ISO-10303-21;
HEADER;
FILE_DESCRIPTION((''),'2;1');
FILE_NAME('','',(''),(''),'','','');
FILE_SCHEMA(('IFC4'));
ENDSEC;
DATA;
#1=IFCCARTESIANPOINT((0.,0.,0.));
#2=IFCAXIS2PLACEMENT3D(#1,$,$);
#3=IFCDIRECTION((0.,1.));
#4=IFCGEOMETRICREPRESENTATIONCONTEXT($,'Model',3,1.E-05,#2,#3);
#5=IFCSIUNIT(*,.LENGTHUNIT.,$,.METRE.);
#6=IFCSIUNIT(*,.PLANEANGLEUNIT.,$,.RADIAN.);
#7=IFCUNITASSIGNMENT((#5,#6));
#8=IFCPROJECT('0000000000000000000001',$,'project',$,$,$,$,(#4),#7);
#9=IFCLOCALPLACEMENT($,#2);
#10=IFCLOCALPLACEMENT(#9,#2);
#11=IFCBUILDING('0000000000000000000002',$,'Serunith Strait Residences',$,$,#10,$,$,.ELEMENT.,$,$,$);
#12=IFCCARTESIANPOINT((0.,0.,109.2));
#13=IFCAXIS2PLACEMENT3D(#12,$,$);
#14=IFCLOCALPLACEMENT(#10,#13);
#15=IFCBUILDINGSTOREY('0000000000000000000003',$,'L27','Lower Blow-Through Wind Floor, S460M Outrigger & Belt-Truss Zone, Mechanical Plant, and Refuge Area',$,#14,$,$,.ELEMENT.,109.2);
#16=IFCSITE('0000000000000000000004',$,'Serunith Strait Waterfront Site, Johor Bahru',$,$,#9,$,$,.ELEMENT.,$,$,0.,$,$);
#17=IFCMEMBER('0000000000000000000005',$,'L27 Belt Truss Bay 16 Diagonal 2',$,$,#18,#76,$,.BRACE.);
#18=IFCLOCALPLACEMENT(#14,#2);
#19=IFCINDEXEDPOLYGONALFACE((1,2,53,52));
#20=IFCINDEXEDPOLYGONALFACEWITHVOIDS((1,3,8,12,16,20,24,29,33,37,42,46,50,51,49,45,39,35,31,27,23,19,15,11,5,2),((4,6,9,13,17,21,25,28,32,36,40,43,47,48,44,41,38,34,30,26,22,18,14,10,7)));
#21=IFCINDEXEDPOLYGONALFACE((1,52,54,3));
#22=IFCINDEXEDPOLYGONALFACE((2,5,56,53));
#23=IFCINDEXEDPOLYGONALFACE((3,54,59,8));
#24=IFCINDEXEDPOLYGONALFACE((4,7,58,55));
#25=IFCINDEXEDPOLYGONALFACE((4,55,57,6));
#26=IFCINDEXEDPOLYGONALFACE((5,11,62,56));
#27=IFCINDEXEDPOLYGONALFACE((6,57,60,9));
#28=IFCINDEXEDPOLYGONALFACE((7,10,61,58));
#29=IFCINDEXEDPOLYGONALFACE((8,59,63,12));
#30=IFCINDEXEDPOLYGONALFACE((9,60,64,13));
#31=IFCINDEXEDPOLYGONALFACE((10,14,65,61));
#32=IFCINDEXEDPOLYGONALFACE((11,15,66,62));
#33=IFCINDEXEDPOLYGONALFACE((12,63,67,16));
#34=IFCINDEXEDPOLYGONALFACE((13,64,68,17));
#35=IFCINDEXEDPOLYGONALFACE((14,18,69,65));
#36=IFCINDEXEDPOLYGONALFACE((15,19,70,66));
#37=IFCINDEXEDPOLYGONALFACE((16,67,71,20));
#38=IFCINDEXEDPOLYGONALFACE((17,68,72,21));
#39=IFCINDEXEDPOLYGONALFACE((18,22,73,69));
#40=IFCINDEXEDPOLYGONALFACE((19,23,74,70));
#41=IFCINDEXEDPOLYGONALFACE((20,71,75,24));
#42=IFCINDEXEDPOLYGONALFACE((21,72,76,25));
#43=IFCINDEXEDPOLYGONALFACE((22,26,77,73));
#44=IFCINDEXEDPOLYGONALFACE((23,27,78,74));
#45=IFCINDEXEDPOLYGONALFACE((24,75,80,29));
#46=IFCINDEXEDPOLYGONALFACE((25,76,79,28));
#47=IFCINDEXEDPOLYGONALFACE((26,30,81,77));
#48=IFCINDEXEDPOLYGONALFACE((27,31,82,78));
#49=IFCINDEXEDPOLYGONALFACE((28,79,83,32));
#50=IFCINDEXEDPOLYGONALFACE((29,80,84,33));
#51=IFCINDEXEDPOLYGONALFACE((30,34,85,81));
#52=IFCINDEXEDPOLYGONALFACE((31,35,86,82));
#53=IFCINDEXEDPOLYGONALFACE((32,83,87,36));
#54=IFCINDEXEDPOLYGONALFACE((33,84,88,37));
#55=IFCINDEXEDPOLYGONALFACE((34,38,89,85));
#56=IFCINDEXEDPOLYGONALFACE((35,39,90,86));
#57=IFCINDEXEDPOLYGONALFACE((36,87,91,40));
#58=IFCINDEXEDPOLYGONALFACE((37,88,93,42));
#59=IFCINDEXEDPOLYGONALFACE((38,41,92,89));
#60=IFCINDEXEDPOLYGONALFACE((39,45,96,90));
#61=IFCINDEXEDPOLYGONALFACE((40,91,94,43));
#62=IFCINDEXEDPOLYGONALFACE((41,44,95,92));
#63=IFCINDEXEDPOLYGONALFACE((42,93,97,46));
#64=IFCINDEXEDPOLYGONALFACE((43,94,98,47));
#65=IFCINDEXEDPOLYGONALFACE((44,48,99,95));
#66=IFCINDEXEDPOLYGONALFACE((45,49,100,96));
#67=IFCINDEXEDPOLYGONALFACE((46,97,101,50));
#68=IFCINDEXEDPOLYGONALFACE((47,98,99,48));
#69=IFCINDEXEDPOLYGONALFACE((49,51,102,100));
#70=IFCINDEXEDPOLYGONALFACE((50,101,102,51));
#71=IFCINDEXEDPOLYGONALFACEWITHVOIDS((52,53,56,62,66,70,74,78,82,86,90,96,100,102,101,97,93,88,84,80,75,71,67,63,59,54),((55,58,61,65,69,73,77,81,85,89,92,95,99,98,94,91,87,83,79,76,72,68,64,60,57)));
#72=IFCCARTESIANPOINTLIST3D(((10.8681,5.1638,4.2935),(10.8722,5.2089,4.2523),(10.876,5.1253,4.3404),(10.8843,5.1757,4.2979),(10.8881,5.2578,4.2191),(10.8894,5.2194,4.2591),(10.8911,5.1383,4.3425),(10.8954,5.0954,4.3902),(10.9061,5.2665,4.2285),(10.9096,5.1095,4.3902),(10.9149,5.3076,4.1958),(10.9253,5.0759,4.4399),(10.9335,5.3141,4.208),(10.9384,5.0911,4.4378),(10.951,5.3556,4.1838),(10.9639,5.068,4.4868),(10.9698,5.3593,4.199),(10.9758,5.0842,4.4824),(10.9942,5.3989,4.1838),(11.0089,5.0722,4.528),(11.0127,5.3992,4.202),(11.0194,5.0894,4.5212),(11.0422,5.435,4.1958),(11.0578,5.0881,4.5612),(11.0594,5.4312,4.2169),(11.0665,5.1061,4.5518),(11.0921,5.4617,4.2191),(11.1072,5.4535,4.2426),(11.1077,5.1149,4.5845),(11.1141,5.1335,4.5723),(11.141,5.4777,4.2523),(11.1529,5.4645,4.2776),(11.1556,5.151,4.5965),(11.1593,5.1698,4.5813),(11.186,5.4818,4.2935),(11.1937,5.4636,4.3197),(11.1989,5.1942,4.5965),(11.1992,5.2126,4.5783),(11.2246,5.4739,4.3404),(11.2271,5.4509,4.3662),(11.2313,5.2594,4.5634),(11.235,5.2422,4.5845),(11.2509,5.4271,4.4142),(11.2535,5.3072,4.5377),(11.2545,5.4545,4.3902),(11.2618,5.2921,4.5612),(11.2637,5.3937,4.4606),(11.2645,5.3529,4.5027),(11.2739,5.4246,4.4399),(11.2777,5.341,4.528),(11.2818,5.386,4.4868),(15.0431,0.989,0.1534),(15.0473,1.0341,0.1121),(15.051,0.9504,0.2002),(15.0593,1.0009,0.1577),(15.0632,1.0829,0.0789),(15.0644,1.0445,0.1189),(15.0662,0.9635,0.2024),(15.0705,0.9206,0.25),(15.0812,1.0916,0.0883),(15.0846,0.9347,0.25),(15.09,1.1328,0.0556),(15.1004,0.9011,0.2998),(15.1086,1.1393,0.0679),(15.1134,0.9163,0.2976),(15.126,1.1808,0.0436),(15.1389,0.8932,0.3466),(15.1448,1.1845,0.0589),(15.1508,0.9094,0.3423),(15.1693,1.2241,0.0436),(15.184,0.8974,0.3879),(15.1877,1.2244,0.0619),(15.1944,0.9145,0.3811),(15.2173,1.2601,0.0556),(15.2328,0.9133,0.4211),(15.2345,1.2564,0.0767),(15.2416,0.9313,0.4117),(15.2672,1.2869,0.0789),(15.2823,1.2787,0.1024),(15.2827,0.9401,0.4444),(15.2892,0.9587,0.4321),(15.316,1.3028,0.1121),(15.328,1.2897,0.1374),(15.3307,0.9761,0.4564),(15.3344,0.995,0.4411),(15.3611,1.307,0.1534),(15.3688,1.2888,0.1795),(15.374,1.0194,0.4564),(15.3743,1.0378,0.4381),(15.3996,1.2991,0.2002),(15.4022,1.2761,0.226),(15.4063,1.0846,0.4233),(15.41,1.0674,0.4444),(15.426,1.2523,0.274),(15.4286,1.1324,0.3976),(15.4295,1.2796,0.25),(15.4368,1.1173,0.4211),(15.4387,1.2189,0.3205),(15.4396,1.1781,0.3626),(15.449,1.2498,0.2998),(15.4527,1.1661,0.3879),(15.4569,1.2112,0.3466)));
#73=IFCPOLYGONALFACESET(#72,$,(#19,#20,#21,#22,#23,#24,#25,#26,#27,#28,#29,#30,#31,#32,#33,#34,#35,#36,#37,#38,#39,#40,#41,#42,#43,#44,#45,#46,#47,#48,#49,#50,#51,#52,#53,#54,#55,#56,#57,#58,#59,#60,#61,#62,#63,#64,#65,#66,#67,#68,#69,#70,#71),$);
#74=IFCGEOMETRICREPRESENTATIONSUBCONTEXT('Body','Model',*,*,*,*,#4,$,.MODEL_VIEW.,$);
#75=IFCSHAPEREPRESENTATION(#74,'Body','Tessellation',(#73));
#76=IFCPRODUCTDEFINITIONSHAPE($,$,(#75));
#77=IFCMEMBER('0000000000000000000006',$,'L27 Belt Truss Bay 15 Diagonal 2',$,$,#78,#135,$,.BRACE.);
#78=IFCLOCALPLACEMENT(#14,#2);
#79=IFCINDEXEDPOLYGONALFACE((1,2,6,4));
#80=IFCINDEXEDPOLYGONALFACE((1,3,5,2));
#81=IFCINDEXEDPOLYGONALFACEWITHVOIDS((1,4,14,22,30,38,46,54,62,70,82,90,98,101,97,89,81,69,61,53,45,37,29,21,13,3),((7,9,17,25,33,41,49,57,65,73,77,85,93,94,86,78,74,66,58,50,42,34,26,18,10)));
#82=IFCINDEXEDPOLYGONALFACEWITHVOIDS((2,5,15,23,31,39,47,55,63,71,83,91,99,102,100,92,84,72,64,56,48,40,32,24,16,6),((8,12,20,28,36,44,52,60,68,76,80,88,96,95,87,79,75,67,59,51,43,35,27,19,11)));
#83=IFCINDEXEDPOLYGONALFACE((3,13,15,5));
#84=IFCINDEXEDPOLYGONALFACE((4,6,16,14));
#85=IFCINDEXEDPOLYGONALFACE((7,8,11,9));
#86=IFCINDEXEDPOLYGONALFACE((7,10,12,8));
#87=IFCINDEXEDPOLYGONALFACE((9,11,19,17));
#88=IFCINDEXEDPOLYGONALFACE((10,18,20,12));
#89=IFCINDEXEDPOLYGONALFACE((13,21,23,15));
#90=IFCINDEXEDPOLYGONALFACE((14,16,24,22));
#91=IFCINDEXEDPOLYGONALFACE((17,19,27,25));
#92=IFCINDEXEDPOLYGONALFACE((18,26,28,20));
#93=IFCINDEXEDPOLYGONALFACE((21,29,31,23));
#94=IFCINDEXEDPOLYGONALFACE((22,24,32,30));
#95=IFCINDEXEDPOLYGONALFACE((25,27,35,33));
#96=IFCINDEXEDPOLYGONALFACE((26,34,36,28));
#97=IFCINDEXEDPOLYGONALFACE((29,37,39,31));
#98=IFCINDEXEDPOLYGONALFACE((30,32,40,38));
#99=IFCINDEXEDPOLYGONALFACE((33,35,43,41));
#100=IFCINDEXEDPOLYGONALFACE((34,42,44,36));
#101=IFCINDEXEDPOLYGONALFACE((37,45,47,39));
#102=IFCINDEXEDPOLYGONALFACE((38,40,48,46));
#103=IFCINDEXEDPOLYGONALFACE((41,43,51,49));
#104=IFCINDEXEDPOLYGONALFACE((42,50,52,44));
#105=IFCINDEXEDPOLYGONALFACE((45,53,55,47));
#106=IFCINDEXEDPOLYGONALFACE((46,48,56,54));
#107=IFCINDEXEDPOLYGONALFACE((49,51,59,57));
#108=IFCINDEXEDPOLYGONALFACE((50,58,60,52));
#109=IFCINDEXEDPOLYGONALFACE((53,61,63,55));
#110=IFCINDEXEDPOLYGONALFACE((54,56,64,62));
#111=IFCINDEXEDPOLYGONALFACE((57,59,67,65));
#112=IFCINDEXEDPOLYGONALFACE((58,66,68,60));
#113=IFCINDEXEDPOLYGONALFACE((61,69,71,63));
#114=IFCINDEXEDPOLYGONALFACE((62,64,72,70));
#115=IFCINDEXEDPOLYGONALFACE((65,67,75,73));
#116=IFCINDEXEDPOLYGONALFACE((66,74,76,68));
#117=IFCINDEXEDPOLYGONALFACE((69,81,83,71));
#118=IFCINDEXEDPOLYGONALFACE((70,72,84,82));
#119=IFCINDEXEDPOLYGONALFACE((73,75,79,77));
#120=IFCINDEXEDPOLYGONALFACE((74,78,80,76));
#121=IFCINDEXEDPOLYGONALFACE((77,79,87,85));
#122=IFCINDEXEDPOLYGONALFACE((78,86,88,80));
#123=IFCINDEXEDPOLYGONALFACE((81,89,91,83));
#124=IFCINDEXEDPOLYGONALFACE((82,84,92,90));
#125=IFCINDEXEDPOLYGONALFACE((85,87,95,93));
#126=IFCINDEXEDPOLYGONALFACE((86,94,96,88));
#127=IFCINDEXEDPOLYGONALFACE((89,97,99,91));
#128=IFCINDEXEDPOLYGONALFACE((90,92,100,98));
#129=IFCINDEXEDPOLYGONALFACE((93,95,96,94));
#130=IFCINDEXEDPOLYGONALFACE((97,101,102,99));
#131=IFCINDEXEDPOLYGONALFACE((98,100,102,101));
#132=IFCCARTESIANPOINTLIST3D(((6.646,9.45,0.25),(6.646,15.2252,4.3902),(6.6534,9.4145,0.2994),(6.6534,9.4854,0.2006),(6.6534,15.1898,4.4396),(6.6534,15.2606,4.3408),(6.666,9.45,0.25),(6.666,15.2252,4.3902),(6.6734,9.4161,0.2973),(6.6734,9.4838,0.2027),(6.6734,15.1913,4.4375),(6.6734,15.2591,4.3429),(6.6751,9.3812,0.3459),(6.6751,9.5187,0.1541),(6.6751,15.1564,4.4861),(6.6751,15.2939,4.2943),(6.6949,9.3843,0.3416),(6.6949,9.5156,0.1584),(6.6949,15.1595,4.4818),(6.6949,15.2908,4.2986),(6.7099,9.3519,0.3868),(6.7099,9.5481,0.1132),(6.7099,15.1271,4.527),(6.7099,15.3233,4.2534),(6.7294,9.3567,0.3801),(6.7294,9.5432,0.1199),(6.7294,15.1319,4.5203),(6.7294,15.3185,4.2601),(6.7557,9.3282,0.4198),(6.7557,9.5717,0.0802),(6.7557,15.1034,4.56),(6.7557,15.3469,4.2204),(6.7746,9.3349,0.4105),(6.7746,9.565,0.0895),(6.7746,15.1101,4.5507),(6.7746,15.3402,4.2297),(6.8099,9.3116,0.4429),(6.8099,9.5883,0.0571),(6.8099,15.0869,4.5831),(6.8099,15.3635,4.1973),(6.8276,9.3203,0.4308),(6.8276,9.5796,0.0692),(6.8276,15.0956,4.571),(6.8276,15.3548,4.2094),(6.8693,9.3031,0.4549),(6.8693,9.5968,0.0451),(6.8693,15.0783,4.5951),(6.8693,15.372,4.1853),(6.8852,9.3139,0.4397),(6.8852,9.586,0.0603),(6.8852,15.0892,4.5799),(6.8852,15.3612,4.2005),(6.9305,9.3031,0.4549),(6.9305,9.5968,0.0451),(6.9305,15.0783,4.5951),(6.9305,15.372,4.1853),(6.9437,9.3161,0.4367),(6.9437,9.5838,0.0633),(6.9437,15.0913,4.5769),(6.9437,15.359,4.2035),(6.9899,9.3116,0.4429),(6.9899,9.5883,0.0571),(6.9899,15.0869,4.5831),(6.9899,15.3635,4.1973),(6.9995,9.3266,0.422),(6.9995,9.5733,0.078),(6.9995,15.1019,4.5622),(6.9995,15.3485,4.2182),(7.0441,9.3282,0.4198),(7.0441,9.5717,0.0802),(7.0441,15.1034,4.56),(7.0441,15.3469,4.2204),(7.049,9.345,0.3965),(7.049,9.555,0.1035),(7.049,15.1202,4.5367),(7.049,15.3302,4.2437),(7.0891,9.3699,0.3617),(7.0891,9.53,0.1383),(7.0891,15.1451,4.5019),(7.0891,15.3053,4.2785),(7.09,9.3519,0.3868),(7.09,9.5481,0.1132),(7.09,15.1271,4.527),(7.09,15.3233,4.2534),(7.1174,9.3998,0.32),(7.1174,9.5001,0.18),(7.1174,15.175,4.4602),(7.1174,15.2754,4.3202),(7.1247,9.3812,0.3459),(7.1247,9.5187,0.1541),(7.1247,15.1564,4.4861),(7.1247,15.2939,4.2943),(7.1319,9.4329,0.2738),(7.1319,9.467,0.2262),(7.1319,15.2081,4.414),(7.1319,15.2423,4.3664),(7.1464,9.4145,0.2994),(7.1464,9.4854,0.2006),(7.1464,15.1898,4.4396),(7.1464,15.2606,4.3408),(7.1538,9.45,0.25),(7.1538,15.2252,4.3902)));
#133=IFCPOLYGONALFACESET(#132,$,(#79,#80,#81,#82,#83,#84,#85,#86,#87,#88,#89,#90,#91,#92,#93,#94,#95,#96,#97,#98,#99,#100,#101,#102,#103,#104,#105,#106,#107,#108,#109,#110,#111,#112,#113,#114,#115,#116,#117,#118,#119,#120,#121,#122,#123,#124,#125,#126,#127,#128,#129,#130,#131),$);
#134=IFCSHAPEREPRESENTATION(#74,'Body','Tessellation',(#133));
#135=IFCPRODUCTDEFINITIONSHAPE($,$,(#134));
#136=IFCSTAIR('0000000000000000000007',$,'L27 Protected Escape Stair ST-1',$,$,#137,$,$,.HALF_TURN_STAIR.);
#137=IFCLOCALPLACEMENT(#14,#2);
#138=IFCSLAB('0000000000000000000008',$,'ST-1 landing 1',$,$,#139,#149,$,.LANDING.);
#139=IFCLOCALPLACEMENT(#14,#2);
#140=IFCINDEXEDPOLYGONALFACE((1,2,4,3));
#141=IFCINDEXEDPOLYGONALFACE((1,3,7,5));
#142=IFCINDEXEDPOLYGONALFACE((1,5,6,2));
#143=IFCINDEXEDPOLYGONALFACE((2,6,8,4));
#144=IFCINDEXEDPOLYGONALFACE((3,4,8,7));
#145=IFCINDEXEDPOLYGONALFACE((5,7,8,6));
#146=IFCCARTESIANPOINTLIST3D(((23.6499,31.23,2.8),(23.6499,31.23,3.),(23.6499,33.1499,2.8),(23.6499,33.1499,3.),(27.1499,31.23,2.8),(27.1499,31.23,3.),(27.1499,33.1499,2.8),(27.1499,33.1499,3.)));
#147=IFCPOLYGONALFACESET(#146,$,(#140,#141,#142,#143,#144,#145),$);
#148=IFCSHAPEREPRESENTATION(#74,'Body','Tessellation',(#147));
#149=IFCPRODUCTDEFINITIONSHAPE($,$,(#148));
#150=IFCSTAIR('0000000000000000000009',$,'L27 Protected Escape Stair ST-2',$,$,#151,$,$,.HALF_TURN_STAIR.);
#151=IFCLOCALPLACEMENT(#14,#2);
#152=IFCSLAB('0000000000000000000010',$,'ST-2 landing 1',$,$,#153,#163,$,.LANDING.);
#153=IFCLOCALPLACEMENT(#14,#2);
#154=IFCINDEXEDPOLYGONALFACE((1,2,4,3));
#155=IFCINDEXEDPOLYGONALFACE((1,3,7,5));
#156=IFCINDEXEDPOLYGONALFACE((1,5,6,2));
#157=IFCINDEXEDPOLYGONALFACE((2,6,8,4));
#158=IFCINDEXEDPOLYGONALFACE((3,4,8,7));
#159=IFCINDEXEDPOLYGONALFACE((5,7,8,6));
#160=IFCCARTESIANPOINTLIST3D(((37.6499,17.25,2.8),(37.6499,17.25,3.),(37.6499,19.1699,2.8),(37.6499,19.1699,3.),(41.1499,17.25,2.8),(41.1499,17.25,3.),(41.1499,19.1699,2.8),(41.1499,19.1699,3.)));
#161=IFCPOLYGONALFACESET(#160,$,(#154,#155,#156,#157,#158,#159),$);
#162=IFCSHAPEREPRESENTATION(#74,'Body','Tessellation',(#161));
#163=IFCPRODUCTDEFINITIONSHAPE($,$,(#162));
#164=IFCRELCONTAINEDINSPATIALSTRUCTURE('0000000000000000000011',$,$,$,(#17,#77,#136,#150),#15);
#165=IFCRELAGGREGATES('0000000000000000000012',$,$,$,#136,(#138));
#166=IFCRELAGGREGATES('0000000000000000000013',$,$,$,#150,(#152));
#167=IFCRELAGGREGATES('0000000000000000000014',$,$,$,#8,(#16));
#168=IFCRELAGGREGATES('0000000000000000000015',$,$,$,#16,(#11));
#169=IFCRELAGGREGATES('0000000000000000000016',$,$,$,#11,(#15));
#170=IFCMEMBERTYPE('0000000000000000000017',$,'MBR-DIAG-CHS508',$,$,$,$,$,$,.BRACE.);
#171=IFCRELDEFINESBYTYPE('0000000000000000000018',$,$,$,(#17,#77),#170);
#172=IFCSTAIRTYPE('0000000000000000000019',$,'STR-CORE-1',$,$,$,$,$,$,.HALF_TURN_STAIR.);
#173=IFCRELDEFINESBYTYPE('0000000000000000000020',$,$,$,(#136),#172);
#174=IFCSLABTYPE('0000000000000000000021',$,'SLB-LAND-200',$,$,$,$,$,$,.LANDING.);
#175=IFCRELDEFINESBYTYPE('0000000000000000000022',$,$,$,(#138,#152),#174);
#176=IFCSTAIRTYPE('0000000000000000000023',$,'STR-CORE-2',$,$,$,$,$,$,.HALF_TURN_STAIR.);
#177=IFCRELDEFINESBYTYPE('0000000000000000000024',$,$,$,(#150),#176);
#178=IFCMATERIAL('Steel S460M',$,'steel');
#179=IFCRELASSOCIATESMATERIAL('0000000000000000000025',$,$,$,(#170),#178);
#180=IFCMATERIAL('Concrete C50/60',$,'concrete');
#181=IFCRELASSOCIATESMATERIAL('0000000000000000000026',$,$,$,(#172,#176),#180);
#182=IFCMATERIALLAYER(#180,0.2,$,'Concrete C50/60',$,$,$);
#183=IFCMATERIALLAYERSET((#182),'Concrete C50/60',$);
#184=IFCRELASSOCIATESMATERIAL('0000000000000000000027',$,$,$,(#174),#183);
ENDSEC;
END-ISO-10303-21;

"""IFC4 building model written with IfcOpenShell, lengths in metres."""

from ifc_helpers import new_model, si_unit, direction, frame, origin, origin_2d, place, context, subcontext, project, spatial, polyline, hollow_circle, outline, extrude, source, transform, mapped, material, layer, layer_set, material_profile, profile_set, type_object, element, aggregate, save


model = new_model("IFC4")

# Units and contexts
model_context = context("Model", 3, precision=1e-05, world=origin(), true_north=direction((0.0, 1.0)))
body_context = subcontext(model_context, "Body", "Model", "MODEL_VIEW")
ifc_project = project(units=[si_unit("LENGTHUNIT", "METRE"), si_unit("PLANEANGLEUNIT", "RADIAN")], contexts=[model_context])

# Site, building, storey
site_placement = place(None, origin())
site = spatial("IfcSite", under=ifc_project, at=site_placement, Name="Serunith Strait Waterfront Site, Johor Bahru", CompositionType="ELEMENT", RefElevation=0.0)
building_placement = place(site_placement, origin())
building = spatial("IfcBuilding", under=site, at=building_placement, Name="Serunith Strait Residences", CompositionType="ELEMENT")
storey_placement = place(building_placement, frame((0.0, 0.0, 109.2)))
storey = spatial("IfcBuildingStorey", under=building, at=storey_placement, Name="L27", Description="Lower Blow-Through Wind Floor, S460M Outrigger & Belt-Truss Zone, Mechanical Plant, and Refuge Area", CompositionType="ELEMENT", Elevation=109.2)

# Members
ifc_material_1 = material(Name="Steel S460M", Category="steel")
ifc_material_profile_1 = material_profile(ifc_material_1, hollow_circle(Radius=0.2539, WallThickness=0.02, at=origin_2d()), Name="CHS 508x20")
ifc_profile_set_1 = profile_set([ifc_material_profile_1], Name="Steel S460M")
member_type_1 = type_object("IfcMemberType", Name="MBR-DIAG-CHS508", PredefinedType="BRACE", material=ifc_profile_set_1)
shared_shape_1 = source(origin(), body_context, "Body", "SweptSolid", [
    extrude(hollow_circle(Radius=0.2539, WallThickness=0.02, at=origin_2d()), origin(), (0.0, 0.0, 1.0), 7.2112),
])
member_1_placement = place(storey_placement, frame((15.25, 1.1001, 0.25), z_axis=(-0.578971, 0.578937, 0.574129), x_axis=(-0.707086, -0.707127, 0.0)))
element("IfcMember", 1, at=member_1_placement, inside=storey, type_object=member_type_1, Name="L27 Belt Truss Bay 16 Diagonal 2", PredefinedType="BRACE", context=body_context, shape_type="MappedRepresentation", body=[
    mapped(shared_shape_1, transform((0.0, 0.0, 0.0), scale=1.0)),
])
shared_shape_2 = source(origin(), body_context, "Body", "SweptSolid", [
    extrude(hollow_circle(Radius=0.2539, WallThickness=0.02, at=origin_2d()), origin(), (0.0, 0.0, 1.0), 7.106),
])
member_2_placement = place(storey_placement, frame((6.8999, 9.45, 0.25), z_axis=(0.0, 0.812732, 0.582638), x_axis=(-1.0, 0.0, 0.0)))
element("IfcMember", 2, at=member_2_placement, inside=storey, type_object=member_type_1, Name="L27 Belt Truss Bay 15 Diagonal 2", PredefinedType="BRACE", context=body_context, shape_type="MappedRepresentation", body=[
    mapped(shared_shape_2, transform((0.0, 0.0, 0.0), scale=1.0)),
])

# Stairs, slabs
ifc_material_2 = material(Name="Concrete C50/60", Category="concrete")
stair_type_1 = type_object("IfcStairType", Name="STR-CORE-1", PredefinedType="HALF_TURN_STAIR", material=ifc_material_2)
stair_1_placement = place(storey_placement, origin())
stair_1 = element("IfcStair", 3, at=stair_1_placement, inside=storey, type_object=stair_type_1, Name="L27 Protected Escape Stair ST-1", PredefinedType="HALF_TURN_STAIR")
ifc_layer_1 = layer(ifc_material_2, 0.2, Name="Concrete C50/60")
ifc_layer_set_1 = layer_set([ifc_layer_1], Name="Concrete C50/60")
slab_type_1 = type_object("IfcSlabType", Name="SLB-LAND-200", PredefinedType="LANDING", material=ifc_layer_set_1)
slab_1_placement = place(storey_placement, frame((0.0, 0.0, 2.8)))
slab_1 = element("IfcSlab", 4, at=slab_1_placement, type_object=slab_type_1, Name="ST-1 landing 1", PredefinedType="LANDING", context=body_context, shape_type="SweptSolid", body=[
    extrude(outline(polyline([(27.1499, 31.23), (27.1499, 33.1499), (23.6499, 33.1499), (23.6499, 31.23), (27.1499, 31.23)])), origin(), (0.0, 0.0, 1.0), 0.2),
])
aggregate(stair_1, [slab_1])
stair_type_2 = type_object("IfcStairType", Name="STR-CORE-2", PredefinedType="HALF_TURN_STAIR", material=ifc_material_2)
stair_2_placement = place(storey_placement, origin())
stair_2 = element("IfcStair", 5, at=stair_2_placement, inside=storey, type_object=stair_type_2, Name="L27 Protected Escape Stair ST-2", PredefinedType="HALF_TURN_STAIR")
slab_2_placement = place(storey_placement, frame((0.0, 0.0, 2.8)))
slab_2 = element("IfcSlab", 6, at=slab_2_placement, type_object=slab_type_1, Name="ST-2 landing 1", PredefinedType="LANDING", context=body_context, shape_type="SweptSolid", body=[
    extrude(outline(polyline([(37.6499, 19.1699), (37.6499, 17.25), (41.1499, 17.25), (41.1499, 19.1699), (37.6499, 19.1699)])), origin(), (0.0, 0.0, 1.0), 0.2),
])
aggregate(stair_2, [slab_2])

save(model, "model.ifc")
